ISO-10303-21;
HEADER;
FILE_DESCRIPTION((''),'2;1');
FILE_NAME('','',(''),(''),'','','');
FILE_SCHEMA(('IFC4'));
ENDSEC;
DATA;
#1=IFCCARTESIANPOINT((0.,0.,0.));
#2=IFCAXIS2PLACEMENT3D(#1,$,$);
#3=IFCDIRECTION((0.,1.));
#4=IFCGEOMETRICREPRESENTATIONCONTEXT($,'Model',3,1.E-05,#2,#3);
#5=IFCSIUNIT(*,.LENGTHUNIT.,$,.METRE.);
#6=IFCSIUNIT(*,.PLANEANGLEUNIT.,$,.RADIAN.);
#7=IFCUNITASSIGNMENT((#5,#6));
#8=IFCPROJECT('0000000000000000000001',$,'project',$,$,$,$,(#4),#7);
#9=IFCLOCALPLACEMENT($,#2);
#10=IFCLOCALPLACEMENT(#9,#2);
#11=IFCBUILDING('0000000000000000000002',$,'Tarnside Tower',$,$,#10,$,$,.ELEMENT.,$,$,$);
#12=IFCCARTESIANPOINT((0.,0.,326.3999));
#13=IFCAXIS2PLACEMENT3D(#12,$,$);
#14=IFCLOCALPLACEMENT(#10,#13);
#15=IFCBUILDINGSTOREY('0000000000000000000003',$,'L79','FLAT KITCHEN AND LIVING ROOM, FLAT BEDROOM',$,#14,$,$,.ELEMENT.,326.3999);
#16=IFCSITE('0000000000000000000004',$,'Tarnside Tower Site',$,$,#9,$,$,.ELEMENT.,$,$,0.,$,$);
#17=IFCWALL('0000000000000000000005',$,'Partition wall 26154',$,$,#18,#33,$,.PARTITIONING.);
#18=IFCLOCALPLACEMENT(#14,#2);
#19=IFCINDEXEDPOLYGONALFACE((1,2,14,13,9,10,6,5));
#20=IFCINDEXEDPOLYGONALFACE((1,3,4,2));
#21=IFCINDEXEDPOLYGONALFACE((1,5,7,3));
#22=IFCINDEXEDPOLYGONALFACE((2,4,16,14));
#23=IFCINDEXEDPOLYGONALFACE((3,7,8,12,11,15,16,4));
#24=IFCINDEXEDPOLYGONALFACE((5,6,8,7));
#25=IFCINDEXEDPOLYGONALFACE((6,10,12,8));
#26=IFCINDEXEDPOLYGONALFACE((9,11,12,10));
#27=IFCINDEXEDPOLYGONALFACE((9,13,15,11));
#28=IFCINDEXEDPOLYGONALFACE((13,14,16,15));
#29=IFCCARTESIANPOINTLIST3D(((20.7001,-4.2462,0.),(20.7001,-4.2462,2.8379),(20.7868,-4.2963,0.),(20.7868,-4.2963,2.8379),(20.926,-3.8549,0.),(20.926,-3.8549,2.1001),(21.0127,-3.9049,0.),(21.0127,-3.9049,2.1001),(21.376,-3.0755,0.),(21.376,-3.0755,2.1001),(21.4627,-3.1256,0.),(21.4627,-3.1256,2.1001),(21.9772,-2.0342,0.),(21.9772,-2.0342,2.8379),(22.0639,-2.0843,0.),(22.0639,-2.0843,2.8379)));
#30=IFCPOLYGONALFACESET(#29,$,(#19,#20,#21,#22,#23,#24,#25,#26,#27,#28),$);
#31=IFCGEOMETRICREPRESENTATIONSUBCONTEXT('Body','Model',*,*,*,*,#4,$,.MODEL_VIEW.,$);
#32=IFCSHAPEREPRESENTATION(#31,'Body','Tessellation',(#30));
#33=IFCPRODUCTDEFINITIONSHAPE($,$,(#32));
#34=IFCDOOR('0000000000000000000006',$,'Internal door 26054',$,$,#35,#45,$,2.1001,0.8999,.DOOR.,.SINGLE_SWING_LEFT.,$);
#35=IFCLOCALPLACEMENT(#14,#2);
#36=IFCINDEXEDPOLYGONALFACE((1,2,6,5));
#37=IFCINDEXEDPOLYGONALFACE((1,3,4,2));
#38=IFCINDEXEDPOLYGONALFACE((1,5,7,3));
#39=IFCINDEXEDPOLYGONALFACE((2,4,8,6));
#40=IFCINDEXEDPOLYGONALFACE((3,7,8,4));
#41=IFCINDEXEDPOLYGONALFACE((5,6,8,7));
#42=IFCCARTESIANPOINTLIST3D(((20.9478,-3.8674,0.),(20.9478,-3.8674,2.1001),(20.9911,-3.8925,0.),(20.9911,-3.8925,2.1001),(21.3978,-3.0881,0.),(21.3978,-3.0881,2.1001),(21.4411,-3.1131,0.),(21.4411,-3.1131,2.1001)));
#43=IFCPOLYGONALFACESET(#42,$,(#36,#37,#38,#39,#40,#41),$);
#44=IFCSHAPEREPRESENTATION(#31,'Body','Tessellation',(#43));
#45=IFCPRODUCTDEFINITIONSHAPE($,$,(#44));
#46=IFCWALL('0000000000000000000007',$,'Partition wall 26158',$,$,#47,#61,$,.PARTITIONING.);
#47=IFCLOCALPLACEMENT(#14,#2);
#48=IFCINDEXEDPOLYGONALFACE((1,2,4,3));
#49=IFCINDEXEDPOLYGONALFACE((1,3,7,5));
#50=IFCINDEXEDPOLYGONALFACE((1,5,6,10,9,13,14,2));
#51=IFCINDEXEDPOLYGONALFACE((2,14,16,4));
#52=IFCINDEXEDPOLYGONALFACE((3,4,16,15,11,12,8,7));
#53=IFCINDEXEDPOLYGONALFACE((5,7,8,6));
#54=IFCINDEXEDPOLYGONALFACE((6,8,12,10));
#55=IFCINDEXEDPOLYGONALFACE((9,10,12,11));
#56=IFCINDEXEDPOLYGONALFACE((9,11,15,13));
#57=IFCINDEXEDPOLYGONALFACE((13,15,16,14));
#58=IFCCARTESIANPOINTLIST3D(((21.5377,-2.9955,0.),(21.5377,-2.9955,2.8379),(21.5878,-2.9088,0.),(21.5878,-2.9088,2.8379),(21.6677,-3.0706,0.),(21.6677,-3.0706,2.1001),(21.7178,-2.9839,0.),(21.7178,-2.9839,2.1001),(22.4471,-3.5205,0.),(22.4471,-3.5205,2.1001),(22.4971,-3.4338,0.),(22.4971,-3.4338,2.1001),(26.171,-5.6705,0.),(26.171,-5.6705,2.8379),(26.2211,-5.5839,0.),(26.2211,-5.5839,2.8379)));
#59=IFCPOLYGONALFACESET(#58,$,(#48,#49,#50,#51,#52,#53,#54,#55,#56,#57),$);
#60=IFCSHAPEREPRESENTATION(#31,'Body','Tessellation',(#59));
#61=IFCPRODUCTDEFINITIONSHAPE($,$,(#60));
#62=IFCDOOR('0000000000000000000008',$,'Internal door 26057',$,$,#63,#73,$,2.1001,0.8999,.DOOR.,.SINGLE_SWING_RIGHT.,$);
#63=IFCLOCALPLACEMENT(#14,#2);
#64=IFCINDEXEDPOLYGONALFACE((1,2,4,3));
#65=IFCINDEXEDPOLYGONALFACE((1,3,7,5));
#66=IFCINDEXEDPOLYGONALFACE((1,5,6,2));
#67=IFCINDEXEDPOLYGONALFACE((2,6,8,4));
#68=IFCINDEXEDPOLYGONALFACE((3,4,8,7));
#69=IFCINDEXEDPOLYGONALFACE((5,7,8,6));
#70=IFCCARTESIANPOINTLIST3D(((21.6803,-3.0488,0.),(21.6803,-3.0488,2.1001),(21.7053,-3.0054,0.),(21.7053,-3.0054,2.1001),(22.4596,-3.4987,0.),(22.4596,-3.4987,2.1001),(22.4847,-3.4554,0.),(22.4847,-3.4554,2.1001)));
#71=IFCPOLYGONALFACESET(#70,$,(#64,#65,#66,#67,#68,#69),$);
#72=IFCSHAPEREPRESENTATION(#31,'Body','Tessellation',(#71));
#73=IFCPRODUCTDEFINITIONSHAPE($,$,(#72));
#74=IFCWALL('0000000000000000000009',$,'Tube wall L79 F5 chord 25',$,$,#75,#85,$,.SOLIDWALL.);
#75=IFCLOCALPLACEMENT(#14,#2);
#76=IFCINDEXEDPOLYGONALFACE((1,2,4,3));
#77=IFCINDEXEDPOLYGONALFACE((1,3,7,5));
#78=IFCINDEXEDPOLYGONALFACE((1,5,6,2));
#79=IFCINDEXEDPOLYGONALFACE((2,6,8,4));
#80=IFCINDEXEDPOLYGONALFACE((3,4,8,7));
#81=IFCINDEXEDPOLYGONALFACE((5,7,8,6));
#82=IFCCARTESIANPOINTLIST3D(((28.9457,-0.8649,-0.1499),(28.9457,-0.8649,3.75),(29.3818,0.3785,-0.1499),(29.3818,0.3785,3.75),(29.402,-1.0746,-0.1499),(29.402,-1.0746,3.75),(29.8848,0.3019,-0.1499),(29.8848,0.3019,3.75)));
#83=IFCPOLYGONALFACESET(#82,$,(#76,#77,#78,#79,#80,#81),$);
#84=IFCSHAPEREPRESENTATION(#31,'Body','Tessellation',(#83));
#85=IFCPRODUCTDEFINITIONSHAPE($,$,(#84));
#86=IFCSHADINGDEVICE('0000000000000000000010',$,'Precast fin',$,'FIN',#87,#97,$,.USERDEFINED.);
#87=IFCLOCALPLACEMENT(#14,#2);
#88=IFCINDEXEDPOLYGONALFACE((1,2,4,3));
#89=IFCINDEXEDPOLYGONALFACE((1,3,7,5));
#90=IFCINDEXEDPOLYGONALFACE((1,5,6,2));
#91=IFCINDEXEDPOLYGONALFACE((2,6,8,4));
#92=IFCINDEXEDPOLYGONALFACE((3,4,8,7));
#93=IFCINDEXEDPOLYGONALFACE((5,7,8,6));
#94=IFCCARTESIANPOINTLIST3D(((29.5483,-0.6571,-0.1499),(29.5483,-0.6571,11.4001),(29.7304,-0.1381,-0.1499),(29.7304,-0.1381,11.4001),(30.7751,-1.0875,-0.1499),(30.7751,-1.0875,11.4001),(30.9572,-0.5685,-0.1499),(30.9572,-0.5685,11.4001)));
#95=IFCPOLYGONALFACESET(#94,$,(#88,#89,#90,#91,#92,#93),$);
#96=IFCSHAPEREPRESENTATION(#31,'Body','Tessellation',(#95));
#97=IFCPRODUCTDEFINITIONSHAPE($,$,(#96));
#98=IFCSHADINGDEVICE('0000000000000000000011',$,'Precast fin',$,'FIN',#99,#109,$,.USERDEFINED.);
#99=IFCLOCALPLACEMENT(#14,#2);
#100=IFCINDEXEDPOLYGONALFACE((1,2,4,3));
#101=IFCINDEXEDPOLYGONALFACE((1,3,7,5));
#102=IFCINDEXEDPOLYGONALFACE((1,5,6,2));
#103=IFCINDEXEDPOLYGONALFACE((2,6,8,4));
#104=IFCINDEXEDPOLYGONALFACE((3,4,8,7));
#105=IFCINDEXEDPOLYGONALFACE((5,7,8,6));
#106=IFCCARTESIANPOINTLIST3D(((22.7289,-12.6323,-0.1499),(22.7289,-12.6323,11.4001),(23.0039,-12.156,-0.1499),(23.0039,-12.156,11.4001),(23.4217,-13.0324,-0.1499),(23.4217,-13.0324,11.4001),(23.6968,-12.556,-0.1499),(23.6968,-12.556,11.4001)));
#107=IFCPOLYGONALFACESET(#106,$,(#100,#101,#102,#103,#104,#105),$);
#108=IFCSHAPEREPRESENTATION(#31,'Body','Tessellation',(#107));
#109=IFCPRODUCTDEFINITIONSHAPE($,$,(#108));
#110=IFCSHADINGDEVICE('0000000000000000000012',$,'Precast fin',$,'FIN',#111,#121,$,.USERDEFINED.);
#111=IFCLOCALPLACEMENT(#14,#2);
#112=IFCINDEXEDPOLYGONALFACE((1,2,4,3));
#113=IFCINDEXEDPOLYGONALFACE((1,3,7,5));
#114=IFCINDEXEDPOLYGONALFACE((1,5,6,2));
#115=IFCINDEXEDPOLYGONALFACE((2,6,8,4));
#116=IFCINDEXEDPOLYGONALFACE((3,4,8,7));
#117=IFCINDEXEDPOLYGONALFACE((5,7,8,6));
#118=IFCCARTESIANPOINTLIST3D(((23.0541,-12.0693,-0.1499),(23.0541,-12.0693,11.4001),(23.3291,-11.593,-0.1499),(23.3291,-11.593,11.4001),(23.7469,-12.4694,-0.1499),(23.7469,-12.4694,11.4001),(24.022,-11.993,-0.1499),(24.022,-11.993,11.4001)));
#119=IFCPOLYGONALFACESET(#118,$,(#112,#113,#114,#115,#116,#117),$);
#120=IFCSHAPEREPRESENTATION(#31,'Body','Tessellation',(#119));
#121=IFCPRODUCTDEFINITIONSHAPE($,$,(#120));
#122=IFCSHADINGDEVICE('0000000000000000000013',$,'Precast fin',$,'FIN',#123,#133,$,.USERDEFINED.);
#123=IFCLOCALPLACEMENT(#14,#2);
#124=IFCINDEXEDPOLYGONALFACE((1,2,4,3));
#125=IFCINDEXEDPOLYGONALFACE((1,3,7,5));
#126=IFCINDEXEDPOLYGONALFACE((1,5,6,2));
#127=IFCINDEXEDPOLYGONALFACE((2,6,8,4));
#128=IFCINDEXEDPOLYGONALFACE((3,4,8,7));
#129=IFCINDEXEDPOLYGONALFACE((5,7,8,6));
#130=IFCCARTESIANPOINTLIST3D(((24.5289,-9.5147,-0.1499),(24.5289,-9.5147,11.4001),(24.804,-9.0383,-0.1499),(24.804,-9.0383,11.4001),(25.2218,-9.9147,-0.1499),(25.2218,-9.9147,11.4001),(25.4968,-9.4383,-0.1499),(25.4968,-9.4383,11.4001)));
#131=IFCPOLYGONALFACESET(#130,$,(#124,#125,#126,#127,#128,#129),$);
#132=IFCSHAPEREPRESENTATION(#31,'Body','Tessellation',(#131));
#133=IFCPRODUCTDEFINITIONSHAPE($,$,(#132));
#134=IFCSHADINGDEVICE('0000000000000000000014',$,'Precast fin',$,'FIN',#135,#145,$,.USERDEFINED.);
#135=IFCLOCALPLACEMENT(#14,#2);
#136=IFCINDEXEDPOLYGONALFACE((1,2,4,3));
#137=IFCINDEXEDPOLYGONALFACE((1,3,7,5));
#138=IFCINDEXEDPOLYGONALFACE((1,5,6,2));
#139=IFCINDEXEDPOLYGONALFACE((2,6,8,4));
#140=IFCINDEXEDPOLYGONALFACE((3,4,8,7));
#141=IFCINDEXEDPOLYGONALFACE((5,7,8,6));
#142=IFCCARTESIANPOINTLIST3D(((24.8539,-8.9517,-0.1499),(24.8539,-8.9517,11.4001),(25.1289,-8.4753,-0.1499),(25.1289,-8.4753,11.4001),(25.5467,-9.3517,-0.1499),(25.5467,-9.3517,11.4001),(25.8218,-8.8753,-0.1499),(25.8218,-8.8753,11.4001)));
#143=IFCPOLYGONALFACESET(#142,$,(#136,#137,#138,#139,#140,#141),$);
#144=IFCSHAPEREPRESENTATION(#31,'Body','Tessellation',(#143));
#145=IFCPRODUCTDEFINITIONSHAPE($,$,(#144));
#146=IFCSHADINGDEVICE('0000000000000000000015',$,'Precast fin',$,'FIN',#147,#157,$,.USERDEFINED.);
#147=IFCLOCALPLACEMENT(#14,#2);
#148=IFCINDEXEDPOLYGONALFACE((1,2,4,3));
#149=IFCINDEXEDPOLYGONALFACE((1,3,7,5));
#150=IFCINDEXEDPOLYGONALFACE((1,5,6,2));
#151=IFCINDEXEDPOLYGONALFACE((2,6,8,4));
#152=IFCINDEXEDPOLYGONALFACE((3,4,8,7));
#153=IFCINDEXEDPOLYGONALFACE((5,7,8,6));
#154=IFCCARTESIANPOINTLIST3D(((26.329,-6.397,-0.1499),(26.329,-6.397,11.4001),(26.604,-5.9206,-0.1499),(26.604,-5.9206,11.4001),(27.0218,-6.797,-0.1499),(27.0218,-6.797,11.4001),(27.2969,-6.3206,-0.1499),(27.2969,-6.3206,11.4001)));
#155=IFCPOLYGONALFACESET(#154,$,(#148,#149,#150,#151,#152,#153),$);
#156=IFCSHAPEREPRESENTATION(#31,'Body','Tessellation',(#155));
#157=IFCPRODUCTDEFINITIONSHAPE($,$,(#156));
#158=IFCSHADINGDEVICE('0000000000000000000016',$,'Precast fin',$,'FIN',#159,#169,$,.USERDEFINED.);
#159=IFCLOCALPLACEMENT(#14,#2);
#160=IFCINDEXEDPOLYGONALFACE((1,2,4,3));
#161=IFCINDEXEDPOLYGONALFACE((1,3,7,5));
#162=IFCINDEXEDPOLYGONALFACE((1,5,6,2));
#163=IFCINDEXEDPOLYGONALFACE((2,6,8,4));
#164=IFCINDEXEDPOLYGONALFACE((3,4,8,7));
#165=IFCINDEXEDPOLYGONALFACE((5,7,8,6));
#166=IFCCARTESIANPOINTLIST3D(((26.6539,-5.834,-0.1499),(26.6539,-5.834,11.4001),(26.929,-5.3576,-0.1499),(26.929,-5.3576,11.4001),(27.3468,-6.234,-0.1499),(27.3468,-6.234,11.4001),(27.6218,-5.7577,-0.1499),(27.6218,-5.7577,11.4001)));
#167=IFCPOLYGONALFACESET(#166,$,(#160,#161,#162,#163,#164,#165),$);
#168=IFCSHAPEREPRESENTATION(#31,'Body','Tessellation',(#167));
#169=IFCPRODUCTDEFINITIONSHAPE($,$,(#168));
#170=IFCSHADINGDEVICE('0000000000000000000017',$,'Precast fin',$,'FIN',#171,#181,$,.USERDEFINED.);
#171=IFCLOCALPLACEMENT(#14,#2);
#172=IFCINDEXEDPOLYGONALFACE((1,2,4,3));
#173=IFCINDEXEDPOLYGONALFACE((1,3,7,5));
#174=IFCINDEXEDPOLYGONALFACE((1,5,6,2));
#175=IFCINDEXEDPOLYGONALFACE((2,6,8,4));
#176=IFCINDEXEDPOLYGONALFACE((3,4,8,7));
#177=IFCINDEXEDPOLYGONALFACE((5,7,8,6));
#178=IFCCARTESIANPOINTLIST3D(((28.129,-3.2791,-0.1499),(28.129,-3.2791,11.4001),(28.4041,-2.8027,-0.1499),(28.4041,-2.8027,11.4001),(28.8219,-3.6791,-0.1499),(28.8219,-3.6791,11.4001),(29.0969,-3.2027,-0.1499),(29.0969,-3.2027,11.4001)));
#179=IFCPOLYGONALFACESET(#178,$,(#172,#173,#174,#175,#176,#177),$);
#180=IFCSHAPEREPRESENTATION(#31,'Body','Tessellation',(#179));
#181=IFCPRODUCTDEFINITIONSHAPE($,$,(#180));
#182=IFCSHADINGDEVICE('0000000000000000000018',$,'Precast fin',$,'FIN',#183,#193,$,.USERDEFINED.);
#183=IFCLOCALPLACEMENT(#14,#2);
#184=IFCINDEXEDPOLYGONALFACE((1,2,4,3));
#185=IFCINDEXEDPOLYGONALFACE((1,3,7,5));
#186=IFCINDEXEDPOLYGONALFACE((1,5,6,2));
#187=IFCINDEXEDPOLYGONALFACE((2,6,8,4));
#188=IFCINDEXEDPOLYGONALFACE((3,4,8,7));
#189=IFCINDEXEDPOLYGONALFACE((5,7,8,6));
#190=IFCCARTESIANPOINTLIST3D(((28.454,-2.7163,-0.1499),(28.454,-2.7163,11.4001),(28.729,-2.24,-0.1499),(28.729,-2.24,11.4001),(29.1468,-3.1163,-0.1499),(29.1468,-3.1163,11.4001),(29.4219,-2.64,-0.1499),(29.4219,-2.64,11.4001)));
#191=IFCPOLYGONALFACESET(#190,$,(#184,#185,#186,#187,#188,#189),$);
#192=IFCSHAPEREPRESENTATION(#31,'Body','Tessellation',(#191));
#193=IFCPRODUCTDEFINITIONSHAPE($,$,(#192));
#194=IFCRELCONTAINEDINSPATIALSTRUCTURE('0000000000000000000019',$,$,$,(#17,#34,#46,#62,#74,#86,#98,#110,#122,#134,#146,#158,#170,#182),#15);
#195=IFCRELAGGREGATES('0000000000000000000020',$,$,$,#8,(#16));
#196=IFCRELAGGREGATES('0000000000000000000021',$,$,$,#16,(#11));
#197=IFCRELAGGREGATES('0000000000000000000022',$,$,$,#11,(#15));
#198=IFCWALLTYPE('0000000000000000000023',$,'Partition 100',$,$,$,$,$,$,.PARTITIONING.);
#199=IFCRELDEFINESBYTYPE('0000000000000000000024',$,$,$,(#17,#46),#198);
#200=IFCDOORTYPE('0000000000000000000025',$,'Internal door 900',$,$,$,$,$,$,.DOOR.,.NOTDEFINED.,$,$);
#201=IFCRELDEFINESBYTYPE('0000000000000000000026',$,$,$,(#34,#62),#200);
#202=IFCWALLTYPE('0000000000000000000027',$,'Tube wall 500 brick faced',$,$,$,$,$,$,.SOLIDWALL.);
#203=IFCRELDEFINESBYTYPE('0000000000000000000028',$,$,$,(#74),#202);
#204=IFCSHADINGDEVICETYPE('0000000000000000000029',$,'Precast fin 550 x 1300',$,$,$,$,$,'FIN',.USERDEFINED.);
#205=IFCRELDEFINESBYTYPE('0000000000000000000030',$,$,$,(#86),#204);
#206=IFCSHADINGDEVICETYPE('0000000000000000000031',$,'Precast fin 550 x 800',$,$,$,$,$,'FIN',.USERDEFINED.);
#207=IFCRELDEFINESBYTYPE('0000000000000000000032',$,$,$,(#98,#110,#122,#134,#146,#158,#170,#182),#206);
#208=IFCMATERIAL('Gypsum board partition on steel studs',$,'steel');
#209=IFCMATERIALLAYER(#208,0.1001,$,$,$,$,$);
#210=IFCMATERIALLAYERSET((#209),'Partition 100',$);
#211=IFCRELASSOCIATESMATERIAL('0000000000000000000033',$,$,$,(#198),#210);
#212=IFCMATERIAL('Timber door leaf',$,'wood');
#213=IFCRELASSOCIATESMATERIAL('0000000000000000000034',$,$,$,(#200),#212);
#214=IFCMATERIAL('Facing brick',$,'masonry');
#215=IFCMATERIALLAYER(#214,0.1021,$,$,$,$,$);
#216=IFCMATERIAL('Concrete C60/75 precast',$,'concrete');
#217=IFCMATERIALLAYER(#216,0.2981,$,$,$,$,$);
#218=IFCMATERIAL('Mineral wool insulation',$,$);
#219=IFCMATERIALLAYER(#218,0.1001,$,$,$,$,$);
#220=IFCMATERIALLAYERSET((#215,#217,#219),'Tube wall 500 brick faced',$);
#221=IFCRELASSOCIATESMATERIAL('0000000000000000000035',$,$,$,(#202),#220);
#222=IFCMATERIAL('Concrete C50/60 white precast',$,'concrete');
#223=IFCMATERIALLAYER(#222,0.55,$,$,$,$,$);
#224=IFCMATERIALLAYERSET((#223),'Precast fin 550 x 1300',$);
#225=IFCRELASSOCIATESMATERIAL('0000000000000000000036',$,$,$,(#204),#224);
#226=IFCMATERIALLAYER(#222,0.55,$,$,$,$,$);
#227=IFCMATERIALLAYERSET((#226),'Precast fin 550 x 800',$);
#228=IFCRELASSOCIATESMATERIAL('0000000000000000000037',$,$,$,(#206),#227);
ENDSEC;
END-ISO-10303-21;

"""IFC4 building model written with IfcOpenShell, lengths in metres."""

from ifc_helpers import new_model, si_unit, direction, frame, frame_2d, origin, place, context, subcontext, project, spatial, polyline, rectangle, outline, extrude, material, layer, layer_set, type_object, element, fill, save


model = new_model("IFC4")

# Units and contexts
model_context = context("Model", 3, precision=1e-05, world=origin(), true_north=direction((0.0, 1.0)))
body_context = subcontext(model_context, "Body", "Model", "MODEL_VIEW")
ifc_project = project(units=[si_unit("LENGTHUNIT", "METRE"), si_unit("PLANEANGLEUNIT", "RADIAN")], contexts=[model_context])

# Site, building, storey
site_placement = place(None, origin())
site = spatial("IfcSite", under=ifc_project, at=site_placement, Name="Tarnside Tower Site", CompositionType="ELEMENT", RefElevation=0.0)
building_placement = place(site_placement, origin())
building = spatial("IfcBuilding", under=site, at=building_placement, Name="Tarnside Tower", CompositionType="ELEMENT")
storey_placement = place(building_placement, frame((0.0, 0.0, 326.3999)))
storey = spatial("IfcBuildingStorey", under=building, at=storey_placement, Name="L79", Description="FLAT KITCHEN AND LIVING ROOM, FLAT BEDROOM", CompositionType="ELEMENT", Elevation=326.3999)

# Shared definitions
ifc_material_1 = material(Name="Gypsum board partition on steel studs", Category="steel")
ifc_material_2 = material(Name="Timber door leaf", Category="wood")

# Shared definitions
ifc_layer_1 = layer(ifc_material_1, 0.1001)
ifc_layer_set_1 = layer_set([ifc_layer_1], Name="Partition 100")
wall_type_1 = type_object("IfcWallType", Name="Partition 100", PredefinedType="PARTITIONING", material=ifc_layer_set_1)

# Walls, openings, doors
wall_1_placement = place(storey_placement, frame((20.7434, -4.2712, 0.0), z_axis=(0.0, 0.0, 1.0), x_axis=(0.500015, 0.866017, 0.0)))
wall_1 = element("IfcWall", 1, at=wall_1_placement, inside=storey, type_object=wall_type_1, Name="Partition wall 26154", PredefinedType="PARTITIONING", context=body_context, shape_type="SweptSolid", body=[
    extrude(rectangle(XDim=2.5542, YDim=0.1001, at=frame_2d((1.2771, 0.0))), origin(), (0.0, 0.0, 1.0), 2.8379),
])
opening_1_placement = place(wall_1_placement, frame((0.4519, 0.0, 0.0)))
opening_1 = element("IfcOpeningElement", 2, at=opening_1_placement, cuts=wall_1, PredefinedType="OPENING", context=body_context, shape_type="SweptSolid", body=[
    extrude(rectangle(XDim=0.8999, YDim=2.1001, at=frame_2d((0.45, 1.05))), frame((0.0, 0.0601, 0.0), z_axis=(0.0, -1.0, 0.0), x_axis=(1.0, 0.0, 0.0)), (0.0, 0.0, 1.0), 0.1201),
])
door_type_1 = type_object("IfcDoorType", Name="Internal door 900", OperationType="NOTDEFINED", PredefinedType="DOOR", material=ifc_material_2)
door_1_placement = place(opening_1_placement, origin())
door_1 = element("IfcDoor", 3, at=door_1_placement, inside=storey, type_object=door_type_1, Name="Internal door 26054", OperationType="SINGLE_SWING_LEFT", OverallHeight=2.1001, OverallWidth=0.8999, PredefinedType="DOOR", context=body_context, shape_type="SweptSolid", body=[
    extrude(rectangle(XDim=0.8999, YDim=2.1001, at=frame_2d((0.45, 1.05))), frame((0.0, 0.0249, 0.0), z_axis=(0.0, -1.0, 0.0), x_axis=(1.0, 0.0, 0.0)), (0.0, 0.0, 1.0), 0.05),
])
fill(opening_1, door_1)
wall_2_placement = place(storey_placement, frame((26.196, -5.6272, 0.0), z_axis=(0.0, 0.0, 1.0), x_axis=(-0.866024, 0.500002, 0.0)))
wall_2 = element("IfcWall", 4, at=wall_2_placement, inside=storey, type_object=wall_type_1, Name="Partition wall 26158", PredefinedType="PARTITIONING", context=body_context, shape_type="SweptSolid", body=[
    extrude(rectangle(XDim=5.3501, YDim=0.1001, at=frame_2d((2.675, 0.0))), origin(), (0.0, 0.0, 1.0), 2.8379),
])
opening_2_placement = place(wall_2_placement, frame((4.3, 0.0, 0.0)))
opening_2 = element("IfcOpeningElement", 5, at=opening_2_placement, cuts=wall_2, PredefinedType="OPENING", context=body_context, shape_type="SweptSolid", body=[
    extrude(rectangle(XDim=0.8999, YDim=2.1001, at=frame_2d((0.45, 1.05))), frame((0.0, 0.0601, 0.0), z_axis=(0.0, -1.0, 0.0), x_axis=(1.0, 0.0, 0.0)), (0.0, 0.0, 1.0), 0.1201),
])
door_2_placement = place(opening_2_placement, origin())
door_2 = element("IfcDoor", 6, at=door_2_placement, inside=storey, type_object=door_type_1, Name="Internal door 26057", OperationType="SINGLE_SWING_RIGHT", OverallHeight=2.1001, OverallWidth=0.8999, PredefinedType="DOOR", context=body_context, shape_type="SweptSolid", body=[
    extrude(rectangle(XDim=0.8999, YDim=2.1001, at=frame_2d((0.45, 1.05))), frame((0.0, 0.0249, 0.0), z_axis=(0.0, -1.0, 0.0), x_axis=(1.0, 0.0, 0.0)), (0.0, 0.0, 1.0), 0.05),
])
fill(opening_2, door_2)

# Wall
ifc_material_3 = material(Name="Facing brick", Category="masonry")
ifc_layer_2 = layer(ifc_material_3, 0.1021)
ifc_material_4 = material(Name="Concrete C60/75 precast", Category="concrete")
ifc_layer_3 = layer(ifc_material_4, 0.2981)
ifc_material_5 = material(Name="Mineral wool insulation")
ifc_layer_4 = layer(ifc_material_5, 0.1001)
ifc_layer_set_2 = layer_set([ifc_layer_2, ifc_layer_3, ifc_layer_4], Name="Tube wall 500 brick faced")
wall_type_2 = type_object("IfcWallType", Name="Tube wall 500 brick faced", PredefinedType="SOLIDWALL", material=ifc_layer_set_2)
wall_3_placement = place(storey_placement, frame((29.1738, -0.9697, -0.1499), z_axis=(0.0, 0.0, 1.0), x_axis=(0.330961, 0.943644, 0.0)))
element("IfcWall", 7, at=wall_3_placement, inside=storey, type_object=wall_type_2, Name="Tube wall L79 F5 chord 25", PredefinedType="SOLIDWALL", context=body_context, shape_type="SweptSolid", body=[
    extrude(outline(polyline([(-0.0234, -0.25), (1.4353, -0.25), (1.3411, 0.25), (0.0234, 0.25), (-0.0234, -0.25)])), origin(), (0.0, 0.0, 1.0), 3.8999),
])

# Shading devices
ifc_material_6 = material(Name="Concrete C50/60 white precast", Category="concrete")
ifc_layer_5 = layer(ifc_material_6, 0.55)
ifc_layer_set_3 = layer_set([ifc_layer_5], Name="Precast fin 550 x 1300")
shading_device_type_1 = type_object("IfcShadingDeviceType", Name="Precast fin 550 x 1300", ElementType="FIN", PredefinedType="USERDEFINED", material=ifc_layer_set_3)
shading_device_placement = place(storey_placement, frame((29.6394, -0.3975, -0.1499), z_axis=(-0.331063, -0.943609, 0.0), x_axis=(0.943609, -0.331063, 0.0)))
element("IfcShadingDevice", 8, at=shading_device_placement, inside=storey, type_object=shading_device_type_1, Name="Precast fin", ObjectType="FIN", PredefinedType="USERDEFINED", context=body_context, shape_type="SweptSolid", body=[
    extrude(outline(polyline([(0.0, 0.0), (1.3, 0.0), (1.3, 11.55), (0.0, 11.55), (0.0, 0.0)])), frame((0.0, 0.0, -0.2749)), (0.0, 0.0, 1.0), 0.55),
])
ifc_layer_6 = layer(ifc_material_6, 0.55)
ifc_layer_set_4 = layer_set([ifc_layer_6], Name="Precast fin 550 x 800")
shading_device_type_2 = type_object("IfcShadingDeviceType", Name="Precast fin 550 x 800", ElementType="FIN", PredefinedType="USERDEFINED", material=ifc_layer_set_4)
for number, where, z_axis, x_axis, name in (
    (9, (22.8665, -12.394, -0.1499), (-0.5, -0.866025, 0.0), (0.866025, -0.5, 0.0), "Precast fin"),
    (10, (23.1917, -11.8311, -0.1499), (-0.5, -0.866025, 0.0), (0.866025, -0.5, 0.0), "Precast fin"),
    (11, (24.6665, -9.2764, -0.1499), (-0.5, -0.866025, 0.0), (0.866025, -0.5, 0.0), "Precast fin"),
    (12, (24.9915, -8.7134, -0.1499), (-0.5, -0.866025, 0.0), (0.866025, -0.5, 0.0), "Precast fin"),
    (13, (26.4666, -6.1587, -0.1499), (-0.5, -0.866025, 0.0), (0.866025, -0.5, 0.0), "Precast fin"),
    (14, (26.7915, -5.5957, -0.1499), (-0.5, -0.866025, 0.0), (0.866025, -0.5, 0.0), "Precast fin"),
    (15, (28.2666, -3.0408, -0.1499), (-0.5, -0.866025, 0.0), (0.866025, -0.5, 0.0), "Precast fin"),
    (16, (28.5916, -2.478, -0.1499), (-0.5, -0.866025, 0.0), (0.866025, -0.5, 0.0), "Precast fin"),
):
    element("IfcShadingDevice", number, at=place(storey_placement, frame(where, z_axis=z_axis, x_axis=x_axis)), inside=storey, type_object=shading_device_type_2, Name=name, ObjectType="FIN", PredefinedType="USERDEFINED", context=body_context, shape_type="SweptSolid", body=[
        extrude(outline(polyline([(0.0, 0.0), (0.8, 0.0), (0.8, 11.55), (0.0, 11.55), (0.0, 0.0)])), frame((0.0, 0.0, -0.2749)), (0.0, 0.0, 1.0), 0.55),
    ])

save(model, "model.ifc")
